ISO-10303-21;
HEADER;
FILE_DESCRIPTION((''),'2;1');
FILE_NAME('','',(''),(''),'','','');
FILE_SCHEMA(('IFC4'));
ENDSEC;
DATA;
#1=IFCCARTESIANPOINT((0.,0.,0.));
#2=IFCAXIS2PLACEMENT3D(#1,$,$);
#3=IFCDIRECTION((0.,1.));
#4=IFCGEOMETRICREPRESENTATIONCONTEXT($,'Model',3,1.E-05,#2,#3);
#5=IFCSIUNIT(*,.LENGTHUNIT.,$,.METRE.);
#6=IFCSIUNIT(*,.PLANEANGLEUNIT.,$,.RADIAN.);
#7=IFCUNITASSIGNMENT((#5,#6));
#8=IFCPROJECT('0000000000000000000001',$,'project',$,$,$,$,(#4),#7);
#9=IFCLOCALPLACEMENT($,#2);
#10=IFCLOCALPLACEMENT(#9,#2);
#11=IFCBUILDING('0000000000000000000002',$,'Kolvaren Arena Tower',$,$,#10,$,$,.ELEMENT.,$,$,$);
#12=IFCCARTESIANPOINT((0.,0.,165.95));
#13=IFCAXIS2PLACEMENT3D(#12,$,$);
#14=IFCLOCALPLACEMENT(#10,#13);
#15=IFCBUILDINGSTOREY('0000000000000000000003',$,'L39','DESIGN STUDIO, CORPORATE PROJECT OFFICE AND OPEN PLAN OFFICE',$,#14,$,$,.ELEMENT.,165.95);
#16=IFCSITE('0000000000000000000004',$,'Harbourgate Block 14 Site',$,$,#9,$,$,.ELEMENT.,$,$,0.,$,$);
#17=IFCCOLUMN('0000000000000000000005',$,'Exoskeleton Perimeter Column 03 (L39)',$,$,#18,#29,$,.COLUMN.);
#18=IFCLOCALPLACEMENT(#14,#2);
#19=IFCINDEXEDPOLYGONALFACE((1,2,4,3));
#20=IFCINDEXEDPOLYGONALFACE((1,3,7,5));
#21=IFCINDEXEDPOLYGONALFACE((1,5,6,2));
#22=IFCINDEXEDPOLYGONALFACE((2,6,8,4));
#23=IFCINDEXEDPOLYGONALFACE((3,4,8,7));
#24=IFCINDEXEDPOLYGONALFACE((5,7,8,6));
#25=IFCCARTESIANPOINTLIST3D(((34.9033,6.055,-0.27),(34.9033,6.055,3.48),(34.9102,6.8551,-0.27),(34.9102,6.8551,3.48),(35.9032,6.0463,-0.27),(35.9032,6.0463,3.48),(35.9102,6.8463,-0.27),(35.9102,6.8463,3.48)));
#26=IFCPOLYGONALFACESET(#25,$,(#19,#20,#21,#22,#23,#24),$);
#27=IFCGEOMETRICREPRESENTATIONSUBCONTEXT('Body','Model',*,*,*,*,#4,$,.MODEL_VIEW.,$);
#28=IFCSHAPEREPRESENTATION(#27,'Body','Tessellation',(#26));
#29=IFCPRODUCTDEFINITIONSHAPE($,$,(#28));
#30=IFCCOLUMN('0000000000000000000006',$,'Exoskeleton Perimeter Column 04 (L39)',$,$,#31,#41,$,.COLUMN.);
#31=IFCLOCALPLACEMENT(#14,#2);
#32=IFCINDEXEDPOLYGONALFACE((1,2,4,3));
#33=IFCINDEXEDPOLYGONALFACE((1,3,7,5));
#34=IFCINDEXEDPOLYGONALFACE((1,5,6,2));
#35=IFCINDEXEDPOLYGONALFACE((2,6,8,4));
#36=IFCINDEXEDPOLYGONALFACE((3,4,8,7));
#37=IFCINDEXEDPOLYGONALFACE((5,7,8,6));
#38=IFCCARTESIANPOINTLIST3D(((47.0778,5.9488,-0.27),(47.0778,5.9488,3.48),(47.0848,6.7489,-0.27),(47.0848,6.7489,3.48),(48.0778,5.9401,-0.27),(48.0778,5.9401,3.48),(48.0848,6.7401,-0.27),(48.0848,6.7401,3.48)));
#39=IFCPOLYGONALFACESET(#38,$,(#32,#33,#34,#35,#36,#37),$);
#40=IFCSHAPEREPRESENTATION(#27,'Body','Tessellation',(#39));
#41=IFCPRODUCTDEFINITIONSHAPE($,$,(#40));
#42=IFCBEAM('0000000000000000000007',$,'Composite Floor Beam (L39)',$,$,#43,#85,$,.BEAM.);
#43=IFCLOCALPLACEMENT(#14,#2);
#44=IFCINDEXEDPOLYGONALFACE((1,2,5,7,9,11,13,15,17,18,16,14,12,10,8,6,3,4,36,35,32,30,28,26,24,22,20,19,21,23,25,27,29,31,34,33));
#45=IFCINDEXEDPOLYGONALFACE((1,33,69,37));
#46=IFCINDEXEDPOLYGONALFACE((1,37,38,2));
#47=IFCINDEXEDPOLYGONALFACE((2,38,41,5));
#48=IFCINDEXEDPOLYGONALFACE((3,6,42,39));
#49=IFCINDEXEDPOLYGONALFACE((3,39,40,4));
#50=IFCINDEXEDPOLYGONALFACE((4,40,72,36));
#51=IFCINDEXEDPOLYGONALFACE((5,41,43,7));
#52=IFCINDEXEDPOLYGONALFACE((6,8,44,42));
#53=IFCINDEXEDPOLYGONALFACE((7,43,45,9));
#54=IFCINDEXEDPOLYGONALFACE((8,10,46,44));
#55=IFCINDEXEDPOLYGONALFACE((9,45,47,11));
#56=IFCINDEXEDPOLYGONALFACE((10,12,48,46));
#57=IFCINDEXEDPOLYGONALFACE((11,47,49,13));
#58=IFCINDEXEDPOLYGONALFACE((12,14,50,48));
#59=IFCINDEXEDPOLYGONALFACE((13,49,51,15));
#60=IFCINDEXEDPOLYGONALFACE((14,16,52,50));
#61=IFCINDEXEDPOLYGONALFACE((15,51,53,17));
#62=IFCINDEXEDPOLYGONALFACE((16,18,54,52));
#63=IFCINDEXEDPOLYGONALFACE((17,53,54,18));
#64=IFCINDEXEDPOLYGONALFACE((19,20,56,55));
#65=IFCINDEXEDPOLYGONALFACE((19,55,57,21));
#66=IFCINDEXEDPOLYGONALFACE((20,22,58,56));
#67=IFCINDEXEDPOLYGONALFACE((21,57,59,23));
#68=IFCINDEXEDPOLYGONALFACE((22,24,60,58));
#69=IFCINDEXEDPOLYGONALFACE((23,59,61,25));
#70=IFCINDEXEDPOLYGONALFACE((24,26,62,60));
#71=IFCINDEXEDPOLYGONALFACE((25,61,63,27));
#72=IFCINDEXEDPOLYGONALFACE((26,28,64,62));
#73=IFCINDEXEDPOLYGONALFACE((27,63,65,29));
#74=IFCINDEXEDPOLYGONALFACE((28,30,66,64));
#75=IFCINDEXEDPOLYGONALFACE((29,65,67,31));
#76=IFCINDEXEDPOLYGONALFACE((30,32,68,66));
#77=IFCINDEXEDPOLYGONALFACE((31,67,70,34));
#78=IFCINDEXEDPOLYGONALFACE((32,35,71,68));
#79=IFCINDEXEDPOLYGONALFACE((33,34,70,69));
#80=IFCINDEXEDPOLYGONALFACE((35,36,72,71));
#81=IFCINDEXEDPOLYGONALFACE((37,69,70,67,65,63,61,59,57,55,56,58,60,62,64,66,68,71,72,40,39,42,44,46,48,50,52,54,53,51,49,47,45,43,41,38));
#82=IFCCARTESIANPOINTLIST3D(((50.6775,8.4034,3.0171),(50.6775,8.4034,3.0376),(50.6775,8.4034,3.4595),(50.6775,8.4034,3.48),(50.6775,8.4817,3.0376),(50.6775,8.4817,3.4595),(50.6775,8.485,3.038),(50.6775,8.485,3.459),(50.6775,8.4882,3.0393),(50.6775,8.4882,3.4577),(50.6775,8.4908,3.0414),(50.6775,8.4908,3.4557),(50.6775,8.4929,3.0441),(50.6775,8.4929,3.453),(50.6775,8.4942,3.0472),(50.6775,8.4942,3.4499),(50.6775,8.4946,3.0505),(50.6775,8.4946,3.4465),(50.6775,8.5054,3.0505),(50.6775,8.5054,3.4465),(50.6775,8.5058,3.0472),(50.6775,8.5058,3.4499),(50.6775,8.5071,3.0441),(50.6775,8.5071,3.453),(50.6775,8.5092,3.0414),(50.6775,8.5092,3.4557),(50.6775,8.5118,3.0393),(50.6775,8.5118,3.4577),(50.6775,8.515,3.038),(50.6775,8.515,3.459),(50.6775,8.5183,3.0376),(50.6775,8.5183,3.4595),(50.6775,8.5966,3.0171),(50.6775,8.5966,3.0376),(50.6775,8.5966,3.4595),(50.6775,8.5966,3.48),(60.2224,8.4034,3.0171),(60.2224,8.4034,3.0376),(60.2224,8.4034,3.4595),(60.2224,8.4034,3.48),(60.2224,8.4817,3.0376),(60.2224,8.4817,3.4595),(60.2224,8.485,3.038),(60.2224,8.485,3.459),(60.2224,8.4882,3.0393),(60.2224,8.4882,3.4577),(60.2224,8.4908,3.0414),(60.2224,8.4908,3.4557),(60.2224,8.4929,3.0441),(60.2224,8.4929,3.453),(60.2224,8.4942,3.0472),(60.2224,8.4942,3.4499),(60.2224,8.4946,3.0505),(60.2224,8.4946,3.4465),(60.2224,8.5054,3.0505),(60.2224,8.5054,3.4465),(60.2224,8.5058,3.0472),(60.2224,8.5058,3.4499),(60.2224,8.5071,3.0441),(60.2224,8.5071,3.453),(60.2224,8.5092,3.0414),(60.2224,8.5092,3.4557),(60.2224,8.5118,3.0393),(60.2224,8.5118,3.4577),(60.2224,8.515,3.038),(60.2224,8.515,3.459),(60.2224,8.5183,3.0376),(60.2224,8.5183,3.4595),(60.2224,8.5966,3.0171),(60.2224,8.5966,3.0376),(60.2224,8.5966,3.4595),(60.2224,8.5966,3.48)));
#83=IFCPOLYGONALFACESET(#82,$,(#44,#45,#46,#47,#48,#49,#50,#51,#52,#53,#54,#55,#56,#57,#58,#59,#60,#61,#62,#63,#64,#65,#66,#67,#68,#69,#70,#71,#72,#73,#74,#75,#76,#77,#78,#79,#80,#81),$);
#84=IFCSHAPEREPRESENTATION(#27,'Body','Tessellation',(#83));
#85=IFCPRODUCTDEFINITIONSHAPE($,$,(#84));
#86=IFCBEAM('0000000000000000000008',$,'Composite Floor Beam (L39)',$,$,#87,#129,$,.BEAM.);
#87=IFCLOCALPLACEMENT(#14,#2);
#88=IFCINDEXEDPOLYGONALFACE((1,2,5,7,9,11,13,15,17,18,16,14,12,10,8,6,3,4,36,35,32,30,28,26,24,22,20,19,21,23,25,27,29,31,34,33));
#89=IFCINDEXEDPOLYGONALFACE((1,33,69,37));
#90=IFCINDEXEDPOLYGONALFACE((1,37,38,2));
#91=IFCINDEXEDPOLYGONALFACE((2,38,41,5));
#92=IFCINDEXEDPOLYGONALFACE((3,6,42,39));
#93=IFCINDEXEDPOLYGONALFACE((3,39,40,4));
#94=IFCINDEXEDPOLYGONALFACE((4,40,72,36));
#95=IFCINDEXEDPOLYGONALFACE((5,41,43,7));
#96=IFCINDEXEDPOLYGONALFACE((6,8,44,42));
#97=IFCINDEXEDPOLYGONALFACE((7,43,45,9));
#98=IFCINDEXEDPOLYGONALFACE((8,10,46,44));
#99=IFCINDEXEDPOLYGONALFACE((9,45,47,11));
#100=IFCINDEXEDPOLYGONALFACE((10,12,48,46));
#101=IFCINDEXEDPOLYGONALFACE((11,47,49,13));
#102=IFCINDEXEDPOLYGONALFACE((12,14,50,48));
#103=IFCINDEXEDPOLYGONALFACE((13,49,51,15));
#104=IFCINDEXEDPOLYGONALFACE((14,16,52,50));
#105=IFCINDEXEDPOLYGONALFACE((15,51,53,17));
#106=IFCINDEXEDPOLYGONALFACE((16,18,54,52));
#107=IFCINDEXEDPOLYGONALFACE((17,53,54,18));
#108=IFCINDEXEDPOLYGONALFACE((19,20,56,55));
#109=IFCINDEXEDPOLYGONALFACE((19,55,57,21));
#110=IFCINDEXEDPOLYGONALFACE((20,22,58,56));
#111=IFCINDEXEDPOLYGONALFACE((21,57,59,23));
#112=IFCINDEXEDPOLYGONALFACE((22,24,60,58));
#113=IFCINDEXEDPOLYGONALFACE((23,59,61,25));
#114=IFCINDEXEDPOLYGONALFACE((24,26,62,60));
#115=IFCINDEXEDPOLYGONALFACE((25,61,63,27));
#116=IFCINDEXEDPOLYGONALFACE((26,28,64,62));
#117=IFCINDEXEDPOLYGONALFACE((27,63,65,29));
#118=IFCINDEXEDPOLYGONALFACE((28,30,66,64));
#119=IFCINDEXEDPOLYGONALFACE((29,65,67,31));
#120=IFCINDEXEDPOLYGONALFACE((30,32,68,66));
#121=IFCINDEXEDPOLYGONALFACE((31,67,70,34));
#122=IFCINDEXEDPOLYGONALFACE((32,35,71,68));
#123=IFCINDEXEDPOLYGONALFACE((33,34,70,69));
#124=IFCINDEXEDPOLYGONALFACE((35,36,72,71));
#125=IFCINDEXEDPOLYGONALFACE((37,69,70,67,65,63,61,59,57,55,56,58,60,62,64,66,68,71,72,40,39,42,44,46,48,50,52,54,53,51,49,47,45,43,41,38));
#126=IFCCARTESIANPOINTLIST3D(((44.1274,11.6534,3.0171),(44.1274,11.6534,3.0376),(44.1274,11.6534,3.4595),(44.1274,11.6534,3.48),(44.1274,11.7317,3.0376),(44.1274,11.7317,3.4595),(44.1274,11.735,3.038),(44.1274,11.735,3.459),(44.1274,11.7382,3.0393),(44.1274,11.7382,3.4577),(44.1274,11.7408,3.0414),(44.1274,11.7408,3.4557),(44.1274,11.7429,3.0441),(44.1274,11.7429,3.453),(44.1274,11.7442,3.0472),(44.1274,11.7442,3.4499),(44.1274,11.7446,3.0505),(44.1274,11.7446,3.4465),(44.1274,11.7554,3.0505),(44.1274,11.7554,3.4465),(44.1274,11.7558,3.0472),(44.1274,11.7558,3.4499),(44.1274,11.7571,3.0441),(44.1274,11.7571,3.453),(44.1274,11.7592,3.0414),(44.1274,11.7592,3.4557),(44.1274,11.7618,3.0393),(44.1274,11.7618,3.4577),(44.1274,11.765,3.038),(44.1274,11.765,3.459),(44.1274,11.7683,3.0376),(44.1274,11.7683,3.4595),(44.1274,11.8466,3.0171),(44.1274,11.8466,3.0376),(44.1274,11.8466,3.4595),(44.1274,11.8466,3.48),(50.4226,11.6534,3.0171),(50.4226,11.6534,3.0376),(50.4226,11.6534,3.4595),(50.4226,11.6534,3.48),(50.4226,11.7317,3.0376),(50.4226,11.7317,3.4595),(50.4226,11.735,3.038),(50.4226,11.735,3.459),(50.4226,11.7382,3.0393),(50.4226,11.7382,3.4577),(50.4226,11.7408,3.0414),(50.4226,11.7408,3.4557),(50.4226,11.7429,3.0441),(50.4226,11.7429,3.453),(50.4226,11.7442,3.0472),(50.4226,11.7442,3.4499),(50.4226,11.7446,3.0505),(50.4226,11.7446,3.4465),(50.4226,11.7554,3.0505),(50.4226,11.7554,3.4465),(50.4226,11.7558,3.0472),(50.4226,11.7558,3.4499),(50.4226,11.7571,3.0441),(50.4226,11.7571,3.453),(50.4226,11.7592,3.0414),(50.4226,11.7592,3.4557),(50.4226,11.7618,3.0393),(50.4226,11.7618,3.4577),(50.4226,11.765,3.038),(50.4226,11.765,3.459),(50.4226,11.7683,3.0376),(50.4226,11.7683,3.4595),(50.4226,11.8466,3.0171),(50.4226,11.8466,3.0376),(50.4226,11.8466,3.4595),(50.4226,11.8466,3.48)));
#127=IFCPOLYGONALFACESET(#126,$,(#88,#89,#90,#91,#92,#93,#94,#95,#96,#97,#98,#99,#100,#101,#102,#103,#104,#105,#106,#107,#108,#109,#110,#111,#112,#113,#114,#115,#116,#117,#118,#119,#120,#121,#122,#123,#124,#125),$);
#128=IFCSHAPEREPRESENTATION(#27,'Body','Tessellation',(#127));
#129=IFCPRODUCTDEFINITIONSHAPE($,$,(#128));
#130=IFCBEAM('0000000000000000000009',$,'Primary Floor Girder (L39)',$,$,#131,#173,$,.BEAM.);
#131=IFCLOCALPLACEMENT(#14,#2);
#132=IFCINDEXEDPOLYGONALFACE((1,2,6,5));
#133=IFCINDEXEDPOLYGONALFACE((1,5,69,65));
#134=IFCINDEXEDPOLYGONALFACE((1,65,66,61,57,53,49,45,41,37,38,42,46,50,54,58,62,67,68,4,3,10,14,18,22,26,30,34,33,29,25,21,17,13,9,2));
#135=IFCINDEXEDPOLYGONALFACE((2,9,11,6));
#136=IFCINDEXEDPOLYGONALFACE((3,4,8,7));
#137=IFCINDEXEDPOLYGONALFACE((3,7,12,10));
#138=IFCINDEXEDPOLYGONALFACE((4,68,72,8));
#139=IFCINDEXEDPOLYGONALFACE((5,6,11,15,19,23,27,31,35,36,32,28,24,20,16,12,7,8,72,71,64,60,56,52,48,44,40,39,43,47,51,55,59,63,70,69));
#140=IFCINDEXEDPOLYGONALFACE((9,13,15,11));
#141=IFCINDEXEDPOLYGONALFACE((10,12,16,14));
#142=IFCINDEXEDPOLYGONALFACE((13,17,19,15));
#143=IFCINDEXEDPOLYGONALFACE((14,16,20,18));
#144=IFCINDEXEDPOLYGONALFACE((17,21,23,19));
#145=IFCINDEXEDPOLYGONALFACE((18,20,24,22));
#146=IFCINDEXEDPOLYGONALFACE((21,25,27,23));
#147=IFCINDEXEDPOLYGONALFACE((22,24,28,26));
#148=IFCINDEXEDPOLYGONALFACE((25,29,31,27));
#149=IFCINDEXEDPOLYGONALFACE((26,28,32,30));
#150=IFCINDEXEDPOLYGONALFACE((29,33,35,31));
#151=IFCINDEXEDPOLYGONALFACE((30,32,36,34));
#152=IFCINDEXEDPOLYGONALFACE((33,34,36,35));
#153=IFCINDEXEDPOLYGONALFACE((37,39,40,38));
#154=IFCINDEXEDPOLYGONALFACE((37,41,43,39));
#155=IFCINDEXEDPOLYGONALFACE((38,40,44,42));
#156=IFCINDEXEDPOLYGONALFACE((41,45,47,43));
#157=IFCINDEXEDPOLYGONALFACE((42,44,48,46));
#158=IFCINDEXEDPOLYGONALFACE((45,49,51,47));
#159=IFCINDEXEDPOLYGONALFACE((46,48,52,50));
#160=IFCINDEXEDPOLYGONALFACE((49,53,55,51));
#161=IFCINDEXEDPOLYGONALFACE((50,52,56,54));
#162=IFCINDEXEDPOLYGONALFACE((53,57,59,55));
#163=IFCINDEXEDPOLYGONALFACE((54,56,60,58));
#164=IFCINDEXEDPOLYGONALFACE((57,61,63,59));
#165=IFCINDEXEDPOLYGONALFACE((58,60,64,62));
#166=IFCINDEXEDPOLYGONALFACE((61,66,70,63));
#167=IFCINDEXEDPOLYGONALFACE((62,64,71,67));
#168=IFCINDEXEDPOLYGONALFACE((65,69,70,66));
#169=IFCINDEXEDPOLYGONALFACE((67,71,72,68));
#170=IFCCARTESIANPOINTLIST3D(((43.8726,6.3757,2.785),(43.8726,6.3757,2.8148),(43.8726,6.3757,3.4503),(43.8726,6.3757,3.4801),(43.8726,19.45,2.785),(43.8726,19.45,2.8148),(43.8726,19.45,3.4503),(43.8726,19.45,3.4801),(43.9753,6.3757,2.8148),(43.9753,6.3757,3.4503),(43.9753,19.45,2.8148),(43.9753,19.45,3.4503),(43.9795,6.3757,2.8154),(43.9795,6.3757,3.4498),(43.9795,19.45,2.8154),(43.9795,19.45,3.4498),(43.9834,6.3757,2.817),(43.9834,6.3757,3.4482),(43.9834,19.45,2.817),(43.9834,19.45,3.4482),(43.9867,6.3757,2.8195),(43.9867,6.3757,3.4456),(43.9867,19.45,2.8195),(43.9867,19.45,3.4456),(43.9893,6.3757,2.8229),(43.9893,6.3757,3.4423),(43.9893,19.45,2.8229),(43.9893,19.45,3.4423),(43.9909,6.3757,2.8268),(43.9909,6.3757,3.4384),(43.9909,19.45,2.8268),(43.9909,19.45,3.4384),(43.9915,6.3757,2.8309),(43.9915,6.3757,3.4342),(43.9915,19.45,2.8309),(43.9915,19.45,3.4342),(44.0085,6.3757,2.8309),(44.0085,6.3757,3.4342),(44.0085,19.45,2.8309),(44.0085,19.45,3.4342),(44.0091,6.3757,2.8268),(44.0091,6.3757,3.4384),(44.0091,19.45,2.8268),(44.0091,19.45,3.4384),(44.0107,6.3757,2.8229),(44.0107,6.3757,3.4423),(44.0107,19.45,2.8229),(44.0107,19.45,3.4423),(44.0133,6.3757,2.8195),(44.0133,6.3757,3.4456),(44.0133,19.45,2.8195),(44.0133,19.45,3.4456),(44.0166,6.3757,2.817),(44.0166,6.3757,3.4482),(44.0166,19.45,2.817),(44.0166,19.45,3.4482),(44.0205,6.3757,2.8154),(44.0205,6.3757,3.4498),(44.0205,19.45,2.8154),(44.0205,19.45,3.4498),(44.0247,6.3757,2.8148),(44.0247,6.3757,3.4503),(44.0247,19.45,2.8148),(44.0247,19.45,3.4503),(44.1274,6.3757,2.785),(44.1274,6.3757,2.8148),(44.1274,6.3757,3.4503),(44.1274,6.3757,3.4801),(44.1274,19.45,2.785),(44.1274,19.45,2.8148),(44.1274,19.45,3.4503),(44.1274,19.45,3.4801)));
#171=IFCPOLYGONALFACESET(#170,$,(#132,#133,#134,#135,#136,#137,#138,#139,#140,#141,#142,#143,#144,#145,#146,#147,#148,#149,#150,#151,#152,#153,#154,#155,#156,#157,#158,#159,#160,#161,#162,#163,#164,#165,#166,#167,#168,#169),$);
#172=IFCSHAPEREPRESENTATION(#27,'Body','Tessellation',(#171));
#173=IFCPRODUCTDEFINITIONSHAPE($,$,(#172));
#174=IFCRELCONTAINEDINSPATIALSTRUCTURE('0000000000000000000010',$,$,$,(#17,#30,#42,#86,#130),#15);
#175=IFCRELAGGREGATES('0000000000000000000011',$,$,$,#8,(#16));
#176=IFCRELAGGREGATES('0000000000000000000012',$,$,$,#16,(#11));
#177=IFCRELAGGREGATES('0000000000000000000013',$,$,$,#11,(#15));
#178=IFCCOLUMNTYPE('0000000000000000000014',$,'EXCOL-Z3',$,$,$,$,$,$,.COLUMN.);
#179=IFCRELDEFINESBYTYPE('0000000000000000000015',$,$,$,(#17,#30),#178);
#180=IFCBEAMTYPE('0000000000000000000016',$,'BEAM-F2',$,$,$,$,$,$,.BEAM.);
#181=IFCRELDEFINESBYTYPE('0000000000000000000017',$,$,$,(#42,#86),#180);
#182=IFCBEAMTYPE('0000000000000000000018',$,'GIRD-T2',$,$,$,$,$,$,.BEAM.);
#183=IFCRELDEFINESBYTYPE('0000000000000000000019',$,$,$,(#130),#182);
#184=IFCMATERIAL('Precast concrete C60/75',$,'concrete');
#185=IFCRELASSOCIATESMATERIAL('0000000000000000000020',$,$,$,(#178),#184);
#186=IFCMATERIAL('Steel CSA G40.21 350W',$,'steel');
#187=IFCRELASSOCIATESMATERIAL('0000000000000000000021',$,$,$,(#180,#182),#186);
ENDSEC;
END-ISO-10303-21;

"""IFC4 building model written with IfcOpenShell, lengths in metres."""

from ifc_helpers import new_model, si_unit, direction, frame, origin, origin_2d, place, context, subcontext, project, spatial, rectangle, i_section, extrude, material, material_profile, profile_set, type_object, element, save


model = new_model("IFC4")

# Units and contexts
model_context = context("Model", 3, precision=1e-05, world=origin(), true_north=direction((0.0, 1.0)))
body_context = subcontext(model_context, "Body", "Model", "MODEL_VIEW")
ifc_project = project(units=[si_unit("LENGTHUNIT", "METRE"), si_unit("PLANEANGLEUNIT", "RADIAN")], contexts=[model_context])

# Site, building, storey
site_placement = place(None, origin())
site = spatial("IfcSite", under=ifc_project, at=site_placement, Name="Harbourgate Block 14 Site", CompositionType="ELEMENT", RefElevation=0.0)
building_placement = place(site_placement, origin())
building = spatial("IfcBuilding", under=site, at=building_placement, Name="Kolvaren Arena Tower", CompositionType="ELEMENT")
storey_placement = place(building_placement, frame((0.0, 0.0, 165.95)))
storey = spatial("IfcBuildingStorey", under=building, at=storey_placement, Name="L39", Description="DESIGN STUDIO, CORPORATE PROJECT OFFICE AND OPEN PLAN OFFICE", CompositionType="ELEMENT", Elevation=165.95)

# Columns
ifc_material_1 = material(Name="Precast concrete C60/75", Category="concrete")
ifc_material_profile_1 = material_profile(ifc_material_1, rectangle(XDim=1.0, YDim=0.8, at=origin_2d()), Name="RC-1000x800")
ifc_profile_set_1 = profile_set([ifc_material_profile_1], Name="Precast concrete C60/75")
column_type = type_object("IfcColumnType", Name="EXCOL-Z3", PredefinedType="COLUMN", material=ifc_profile_set_1)
for number, where, z_axis, x_axis, name in (
    (1, (35.4067, 6.4507, -0.27), (0.0, 0.0, 1.0), (0.999962, -0.008727, 0.0), "Exoskeleton Perimeter Column 03 (L39)"),
    (2, (47.5813, 6.3445, -0.27), (0.0, 0.0, 1.0), (0.999962, -0.008727, 0.0), "Exoskeleton Perimeter Column 04 (L39)"),
):
    element("IfcColumn", number, at=place(storey_placement, frame(where, z_axis=z_axis, x_axis=x_axis)), inside=storey, type_object=column_type, Name=name, PredefinedType="COLUMN", context=body_context, shape_type="SweptSolid", body=[
        extrude(rectangle(XDim=1.0, YDim=0.8, at=origin_2d()), origin(), (0.0, 0.0, 1.0), 3.75),
    ])

# Beams
ifc_material_2 = material(Name="Steel CSA G40.21 350W", Category="steel")
ifc_material_profile_2 = material_profile(ifc_material_2, i_section(OverallWidth=0.1931, OverallDepth=0.4629, WebThickness=0.0107, FlangeThickness=0.0205, FilletRadius=0.0129, at=origin_2d()), Name="W460x113")
ifc_profile_set_2 = profile_set([ifc_material_profile_2], Name="Steel CSA G40.21 350W")
beam_type_1 = type_object("IfcBeamType", Name="BEAM-F2", PredefinedType="BEAM", material=ifc_profile_set_2)
beam_1_placement = place(storey_placement, frame((50.6775, 8.5, 3.2485), z_axis=(1.0, 0.0, 0.0), x_axis=(0.0, 1.0, 0.0)))
element("IfcBeam", 3, at=beam_1_placement, inside=storey, type_object=beam_type_1, Name="Composite Floor Beam (L39)", PredefinedType="BEAM", context=body_context, shape_type="SweptSolid", body=[
    extrude(i_section(OverallWidth=0.1931, OverallDepth=0.4629, WebThickness=0.0107, FlangeThickness=0.0205, FilletRadius=0.0129, at=origin_2d()), origin(), (0.0, 0.0, 1.0), 9.5449),
])
beam_2_placement = place(storey_placement, frame((44.1274, 11.75, 3.2485), z_axis=(1.0, 0.0, 0.0), x_axis=(0.0, 1.0, 0.0)))
element("IfcBeam", 4, at=beam_2_placement, inside=storey, type_object=beam_type_1, Name="Composite Floor Beam (L39)", PredefinedType="BEAM", context=body_context, shape_type="SweptSolid", body=[
    extrude(i_section(OverallWidth=0.1931, OverallDepth=0.4629, WebThickness=0.0107, FlangeThickness=0.0205, FilletRadius=0.0129, at=origin_2d()), origin(), (0.0, 0.0, 1.0), 6.2952),
])
ifc_material_profile_3 = material_profile(ifc_material_2, i_section(OverallWidth=0.2549, OverallDepth=0.6951, WebThickness=0.0171, FlangeThickness=0.0298, FilletRadius=0.0161, at=origin_2d()), Name="W690x217")
ifc_profile_set_3 = profile_set([ifc_material_profile_3], Name="Steel CSA G40.21 350W")
beam_type_2 = type_object("IfcBeamType", Name="GIRD-T2", PredefinedType="BEAM", material=ifc_profile_set_3)
beam_3_placement = place(storey_placement, frame((44.0, 6.3757, 3.1326), z_axis=(0.0, 1.0, 0.0), x_axis=(-1.0, 0.0, 0.0)))
element("IfcBeam", 5, at=beam_3_placement, inside=storey, type_object=beam_type_2, Name="Primary Floor Girder (L39)", PredefinedType="BEAM", context=body_context, shape_type="SweptSolid", body=[
    extrude(i_section(OverallWidth=0.2549, OverallDepth=0.6951, WebThickness=0.0171, FlangeThickness=0.0298, FilletRadius=0.0161, at=origin_2d()), origin(), (0.0, 0.0, 1.0), 13.0742),
])

save(model, "model.ifc")
